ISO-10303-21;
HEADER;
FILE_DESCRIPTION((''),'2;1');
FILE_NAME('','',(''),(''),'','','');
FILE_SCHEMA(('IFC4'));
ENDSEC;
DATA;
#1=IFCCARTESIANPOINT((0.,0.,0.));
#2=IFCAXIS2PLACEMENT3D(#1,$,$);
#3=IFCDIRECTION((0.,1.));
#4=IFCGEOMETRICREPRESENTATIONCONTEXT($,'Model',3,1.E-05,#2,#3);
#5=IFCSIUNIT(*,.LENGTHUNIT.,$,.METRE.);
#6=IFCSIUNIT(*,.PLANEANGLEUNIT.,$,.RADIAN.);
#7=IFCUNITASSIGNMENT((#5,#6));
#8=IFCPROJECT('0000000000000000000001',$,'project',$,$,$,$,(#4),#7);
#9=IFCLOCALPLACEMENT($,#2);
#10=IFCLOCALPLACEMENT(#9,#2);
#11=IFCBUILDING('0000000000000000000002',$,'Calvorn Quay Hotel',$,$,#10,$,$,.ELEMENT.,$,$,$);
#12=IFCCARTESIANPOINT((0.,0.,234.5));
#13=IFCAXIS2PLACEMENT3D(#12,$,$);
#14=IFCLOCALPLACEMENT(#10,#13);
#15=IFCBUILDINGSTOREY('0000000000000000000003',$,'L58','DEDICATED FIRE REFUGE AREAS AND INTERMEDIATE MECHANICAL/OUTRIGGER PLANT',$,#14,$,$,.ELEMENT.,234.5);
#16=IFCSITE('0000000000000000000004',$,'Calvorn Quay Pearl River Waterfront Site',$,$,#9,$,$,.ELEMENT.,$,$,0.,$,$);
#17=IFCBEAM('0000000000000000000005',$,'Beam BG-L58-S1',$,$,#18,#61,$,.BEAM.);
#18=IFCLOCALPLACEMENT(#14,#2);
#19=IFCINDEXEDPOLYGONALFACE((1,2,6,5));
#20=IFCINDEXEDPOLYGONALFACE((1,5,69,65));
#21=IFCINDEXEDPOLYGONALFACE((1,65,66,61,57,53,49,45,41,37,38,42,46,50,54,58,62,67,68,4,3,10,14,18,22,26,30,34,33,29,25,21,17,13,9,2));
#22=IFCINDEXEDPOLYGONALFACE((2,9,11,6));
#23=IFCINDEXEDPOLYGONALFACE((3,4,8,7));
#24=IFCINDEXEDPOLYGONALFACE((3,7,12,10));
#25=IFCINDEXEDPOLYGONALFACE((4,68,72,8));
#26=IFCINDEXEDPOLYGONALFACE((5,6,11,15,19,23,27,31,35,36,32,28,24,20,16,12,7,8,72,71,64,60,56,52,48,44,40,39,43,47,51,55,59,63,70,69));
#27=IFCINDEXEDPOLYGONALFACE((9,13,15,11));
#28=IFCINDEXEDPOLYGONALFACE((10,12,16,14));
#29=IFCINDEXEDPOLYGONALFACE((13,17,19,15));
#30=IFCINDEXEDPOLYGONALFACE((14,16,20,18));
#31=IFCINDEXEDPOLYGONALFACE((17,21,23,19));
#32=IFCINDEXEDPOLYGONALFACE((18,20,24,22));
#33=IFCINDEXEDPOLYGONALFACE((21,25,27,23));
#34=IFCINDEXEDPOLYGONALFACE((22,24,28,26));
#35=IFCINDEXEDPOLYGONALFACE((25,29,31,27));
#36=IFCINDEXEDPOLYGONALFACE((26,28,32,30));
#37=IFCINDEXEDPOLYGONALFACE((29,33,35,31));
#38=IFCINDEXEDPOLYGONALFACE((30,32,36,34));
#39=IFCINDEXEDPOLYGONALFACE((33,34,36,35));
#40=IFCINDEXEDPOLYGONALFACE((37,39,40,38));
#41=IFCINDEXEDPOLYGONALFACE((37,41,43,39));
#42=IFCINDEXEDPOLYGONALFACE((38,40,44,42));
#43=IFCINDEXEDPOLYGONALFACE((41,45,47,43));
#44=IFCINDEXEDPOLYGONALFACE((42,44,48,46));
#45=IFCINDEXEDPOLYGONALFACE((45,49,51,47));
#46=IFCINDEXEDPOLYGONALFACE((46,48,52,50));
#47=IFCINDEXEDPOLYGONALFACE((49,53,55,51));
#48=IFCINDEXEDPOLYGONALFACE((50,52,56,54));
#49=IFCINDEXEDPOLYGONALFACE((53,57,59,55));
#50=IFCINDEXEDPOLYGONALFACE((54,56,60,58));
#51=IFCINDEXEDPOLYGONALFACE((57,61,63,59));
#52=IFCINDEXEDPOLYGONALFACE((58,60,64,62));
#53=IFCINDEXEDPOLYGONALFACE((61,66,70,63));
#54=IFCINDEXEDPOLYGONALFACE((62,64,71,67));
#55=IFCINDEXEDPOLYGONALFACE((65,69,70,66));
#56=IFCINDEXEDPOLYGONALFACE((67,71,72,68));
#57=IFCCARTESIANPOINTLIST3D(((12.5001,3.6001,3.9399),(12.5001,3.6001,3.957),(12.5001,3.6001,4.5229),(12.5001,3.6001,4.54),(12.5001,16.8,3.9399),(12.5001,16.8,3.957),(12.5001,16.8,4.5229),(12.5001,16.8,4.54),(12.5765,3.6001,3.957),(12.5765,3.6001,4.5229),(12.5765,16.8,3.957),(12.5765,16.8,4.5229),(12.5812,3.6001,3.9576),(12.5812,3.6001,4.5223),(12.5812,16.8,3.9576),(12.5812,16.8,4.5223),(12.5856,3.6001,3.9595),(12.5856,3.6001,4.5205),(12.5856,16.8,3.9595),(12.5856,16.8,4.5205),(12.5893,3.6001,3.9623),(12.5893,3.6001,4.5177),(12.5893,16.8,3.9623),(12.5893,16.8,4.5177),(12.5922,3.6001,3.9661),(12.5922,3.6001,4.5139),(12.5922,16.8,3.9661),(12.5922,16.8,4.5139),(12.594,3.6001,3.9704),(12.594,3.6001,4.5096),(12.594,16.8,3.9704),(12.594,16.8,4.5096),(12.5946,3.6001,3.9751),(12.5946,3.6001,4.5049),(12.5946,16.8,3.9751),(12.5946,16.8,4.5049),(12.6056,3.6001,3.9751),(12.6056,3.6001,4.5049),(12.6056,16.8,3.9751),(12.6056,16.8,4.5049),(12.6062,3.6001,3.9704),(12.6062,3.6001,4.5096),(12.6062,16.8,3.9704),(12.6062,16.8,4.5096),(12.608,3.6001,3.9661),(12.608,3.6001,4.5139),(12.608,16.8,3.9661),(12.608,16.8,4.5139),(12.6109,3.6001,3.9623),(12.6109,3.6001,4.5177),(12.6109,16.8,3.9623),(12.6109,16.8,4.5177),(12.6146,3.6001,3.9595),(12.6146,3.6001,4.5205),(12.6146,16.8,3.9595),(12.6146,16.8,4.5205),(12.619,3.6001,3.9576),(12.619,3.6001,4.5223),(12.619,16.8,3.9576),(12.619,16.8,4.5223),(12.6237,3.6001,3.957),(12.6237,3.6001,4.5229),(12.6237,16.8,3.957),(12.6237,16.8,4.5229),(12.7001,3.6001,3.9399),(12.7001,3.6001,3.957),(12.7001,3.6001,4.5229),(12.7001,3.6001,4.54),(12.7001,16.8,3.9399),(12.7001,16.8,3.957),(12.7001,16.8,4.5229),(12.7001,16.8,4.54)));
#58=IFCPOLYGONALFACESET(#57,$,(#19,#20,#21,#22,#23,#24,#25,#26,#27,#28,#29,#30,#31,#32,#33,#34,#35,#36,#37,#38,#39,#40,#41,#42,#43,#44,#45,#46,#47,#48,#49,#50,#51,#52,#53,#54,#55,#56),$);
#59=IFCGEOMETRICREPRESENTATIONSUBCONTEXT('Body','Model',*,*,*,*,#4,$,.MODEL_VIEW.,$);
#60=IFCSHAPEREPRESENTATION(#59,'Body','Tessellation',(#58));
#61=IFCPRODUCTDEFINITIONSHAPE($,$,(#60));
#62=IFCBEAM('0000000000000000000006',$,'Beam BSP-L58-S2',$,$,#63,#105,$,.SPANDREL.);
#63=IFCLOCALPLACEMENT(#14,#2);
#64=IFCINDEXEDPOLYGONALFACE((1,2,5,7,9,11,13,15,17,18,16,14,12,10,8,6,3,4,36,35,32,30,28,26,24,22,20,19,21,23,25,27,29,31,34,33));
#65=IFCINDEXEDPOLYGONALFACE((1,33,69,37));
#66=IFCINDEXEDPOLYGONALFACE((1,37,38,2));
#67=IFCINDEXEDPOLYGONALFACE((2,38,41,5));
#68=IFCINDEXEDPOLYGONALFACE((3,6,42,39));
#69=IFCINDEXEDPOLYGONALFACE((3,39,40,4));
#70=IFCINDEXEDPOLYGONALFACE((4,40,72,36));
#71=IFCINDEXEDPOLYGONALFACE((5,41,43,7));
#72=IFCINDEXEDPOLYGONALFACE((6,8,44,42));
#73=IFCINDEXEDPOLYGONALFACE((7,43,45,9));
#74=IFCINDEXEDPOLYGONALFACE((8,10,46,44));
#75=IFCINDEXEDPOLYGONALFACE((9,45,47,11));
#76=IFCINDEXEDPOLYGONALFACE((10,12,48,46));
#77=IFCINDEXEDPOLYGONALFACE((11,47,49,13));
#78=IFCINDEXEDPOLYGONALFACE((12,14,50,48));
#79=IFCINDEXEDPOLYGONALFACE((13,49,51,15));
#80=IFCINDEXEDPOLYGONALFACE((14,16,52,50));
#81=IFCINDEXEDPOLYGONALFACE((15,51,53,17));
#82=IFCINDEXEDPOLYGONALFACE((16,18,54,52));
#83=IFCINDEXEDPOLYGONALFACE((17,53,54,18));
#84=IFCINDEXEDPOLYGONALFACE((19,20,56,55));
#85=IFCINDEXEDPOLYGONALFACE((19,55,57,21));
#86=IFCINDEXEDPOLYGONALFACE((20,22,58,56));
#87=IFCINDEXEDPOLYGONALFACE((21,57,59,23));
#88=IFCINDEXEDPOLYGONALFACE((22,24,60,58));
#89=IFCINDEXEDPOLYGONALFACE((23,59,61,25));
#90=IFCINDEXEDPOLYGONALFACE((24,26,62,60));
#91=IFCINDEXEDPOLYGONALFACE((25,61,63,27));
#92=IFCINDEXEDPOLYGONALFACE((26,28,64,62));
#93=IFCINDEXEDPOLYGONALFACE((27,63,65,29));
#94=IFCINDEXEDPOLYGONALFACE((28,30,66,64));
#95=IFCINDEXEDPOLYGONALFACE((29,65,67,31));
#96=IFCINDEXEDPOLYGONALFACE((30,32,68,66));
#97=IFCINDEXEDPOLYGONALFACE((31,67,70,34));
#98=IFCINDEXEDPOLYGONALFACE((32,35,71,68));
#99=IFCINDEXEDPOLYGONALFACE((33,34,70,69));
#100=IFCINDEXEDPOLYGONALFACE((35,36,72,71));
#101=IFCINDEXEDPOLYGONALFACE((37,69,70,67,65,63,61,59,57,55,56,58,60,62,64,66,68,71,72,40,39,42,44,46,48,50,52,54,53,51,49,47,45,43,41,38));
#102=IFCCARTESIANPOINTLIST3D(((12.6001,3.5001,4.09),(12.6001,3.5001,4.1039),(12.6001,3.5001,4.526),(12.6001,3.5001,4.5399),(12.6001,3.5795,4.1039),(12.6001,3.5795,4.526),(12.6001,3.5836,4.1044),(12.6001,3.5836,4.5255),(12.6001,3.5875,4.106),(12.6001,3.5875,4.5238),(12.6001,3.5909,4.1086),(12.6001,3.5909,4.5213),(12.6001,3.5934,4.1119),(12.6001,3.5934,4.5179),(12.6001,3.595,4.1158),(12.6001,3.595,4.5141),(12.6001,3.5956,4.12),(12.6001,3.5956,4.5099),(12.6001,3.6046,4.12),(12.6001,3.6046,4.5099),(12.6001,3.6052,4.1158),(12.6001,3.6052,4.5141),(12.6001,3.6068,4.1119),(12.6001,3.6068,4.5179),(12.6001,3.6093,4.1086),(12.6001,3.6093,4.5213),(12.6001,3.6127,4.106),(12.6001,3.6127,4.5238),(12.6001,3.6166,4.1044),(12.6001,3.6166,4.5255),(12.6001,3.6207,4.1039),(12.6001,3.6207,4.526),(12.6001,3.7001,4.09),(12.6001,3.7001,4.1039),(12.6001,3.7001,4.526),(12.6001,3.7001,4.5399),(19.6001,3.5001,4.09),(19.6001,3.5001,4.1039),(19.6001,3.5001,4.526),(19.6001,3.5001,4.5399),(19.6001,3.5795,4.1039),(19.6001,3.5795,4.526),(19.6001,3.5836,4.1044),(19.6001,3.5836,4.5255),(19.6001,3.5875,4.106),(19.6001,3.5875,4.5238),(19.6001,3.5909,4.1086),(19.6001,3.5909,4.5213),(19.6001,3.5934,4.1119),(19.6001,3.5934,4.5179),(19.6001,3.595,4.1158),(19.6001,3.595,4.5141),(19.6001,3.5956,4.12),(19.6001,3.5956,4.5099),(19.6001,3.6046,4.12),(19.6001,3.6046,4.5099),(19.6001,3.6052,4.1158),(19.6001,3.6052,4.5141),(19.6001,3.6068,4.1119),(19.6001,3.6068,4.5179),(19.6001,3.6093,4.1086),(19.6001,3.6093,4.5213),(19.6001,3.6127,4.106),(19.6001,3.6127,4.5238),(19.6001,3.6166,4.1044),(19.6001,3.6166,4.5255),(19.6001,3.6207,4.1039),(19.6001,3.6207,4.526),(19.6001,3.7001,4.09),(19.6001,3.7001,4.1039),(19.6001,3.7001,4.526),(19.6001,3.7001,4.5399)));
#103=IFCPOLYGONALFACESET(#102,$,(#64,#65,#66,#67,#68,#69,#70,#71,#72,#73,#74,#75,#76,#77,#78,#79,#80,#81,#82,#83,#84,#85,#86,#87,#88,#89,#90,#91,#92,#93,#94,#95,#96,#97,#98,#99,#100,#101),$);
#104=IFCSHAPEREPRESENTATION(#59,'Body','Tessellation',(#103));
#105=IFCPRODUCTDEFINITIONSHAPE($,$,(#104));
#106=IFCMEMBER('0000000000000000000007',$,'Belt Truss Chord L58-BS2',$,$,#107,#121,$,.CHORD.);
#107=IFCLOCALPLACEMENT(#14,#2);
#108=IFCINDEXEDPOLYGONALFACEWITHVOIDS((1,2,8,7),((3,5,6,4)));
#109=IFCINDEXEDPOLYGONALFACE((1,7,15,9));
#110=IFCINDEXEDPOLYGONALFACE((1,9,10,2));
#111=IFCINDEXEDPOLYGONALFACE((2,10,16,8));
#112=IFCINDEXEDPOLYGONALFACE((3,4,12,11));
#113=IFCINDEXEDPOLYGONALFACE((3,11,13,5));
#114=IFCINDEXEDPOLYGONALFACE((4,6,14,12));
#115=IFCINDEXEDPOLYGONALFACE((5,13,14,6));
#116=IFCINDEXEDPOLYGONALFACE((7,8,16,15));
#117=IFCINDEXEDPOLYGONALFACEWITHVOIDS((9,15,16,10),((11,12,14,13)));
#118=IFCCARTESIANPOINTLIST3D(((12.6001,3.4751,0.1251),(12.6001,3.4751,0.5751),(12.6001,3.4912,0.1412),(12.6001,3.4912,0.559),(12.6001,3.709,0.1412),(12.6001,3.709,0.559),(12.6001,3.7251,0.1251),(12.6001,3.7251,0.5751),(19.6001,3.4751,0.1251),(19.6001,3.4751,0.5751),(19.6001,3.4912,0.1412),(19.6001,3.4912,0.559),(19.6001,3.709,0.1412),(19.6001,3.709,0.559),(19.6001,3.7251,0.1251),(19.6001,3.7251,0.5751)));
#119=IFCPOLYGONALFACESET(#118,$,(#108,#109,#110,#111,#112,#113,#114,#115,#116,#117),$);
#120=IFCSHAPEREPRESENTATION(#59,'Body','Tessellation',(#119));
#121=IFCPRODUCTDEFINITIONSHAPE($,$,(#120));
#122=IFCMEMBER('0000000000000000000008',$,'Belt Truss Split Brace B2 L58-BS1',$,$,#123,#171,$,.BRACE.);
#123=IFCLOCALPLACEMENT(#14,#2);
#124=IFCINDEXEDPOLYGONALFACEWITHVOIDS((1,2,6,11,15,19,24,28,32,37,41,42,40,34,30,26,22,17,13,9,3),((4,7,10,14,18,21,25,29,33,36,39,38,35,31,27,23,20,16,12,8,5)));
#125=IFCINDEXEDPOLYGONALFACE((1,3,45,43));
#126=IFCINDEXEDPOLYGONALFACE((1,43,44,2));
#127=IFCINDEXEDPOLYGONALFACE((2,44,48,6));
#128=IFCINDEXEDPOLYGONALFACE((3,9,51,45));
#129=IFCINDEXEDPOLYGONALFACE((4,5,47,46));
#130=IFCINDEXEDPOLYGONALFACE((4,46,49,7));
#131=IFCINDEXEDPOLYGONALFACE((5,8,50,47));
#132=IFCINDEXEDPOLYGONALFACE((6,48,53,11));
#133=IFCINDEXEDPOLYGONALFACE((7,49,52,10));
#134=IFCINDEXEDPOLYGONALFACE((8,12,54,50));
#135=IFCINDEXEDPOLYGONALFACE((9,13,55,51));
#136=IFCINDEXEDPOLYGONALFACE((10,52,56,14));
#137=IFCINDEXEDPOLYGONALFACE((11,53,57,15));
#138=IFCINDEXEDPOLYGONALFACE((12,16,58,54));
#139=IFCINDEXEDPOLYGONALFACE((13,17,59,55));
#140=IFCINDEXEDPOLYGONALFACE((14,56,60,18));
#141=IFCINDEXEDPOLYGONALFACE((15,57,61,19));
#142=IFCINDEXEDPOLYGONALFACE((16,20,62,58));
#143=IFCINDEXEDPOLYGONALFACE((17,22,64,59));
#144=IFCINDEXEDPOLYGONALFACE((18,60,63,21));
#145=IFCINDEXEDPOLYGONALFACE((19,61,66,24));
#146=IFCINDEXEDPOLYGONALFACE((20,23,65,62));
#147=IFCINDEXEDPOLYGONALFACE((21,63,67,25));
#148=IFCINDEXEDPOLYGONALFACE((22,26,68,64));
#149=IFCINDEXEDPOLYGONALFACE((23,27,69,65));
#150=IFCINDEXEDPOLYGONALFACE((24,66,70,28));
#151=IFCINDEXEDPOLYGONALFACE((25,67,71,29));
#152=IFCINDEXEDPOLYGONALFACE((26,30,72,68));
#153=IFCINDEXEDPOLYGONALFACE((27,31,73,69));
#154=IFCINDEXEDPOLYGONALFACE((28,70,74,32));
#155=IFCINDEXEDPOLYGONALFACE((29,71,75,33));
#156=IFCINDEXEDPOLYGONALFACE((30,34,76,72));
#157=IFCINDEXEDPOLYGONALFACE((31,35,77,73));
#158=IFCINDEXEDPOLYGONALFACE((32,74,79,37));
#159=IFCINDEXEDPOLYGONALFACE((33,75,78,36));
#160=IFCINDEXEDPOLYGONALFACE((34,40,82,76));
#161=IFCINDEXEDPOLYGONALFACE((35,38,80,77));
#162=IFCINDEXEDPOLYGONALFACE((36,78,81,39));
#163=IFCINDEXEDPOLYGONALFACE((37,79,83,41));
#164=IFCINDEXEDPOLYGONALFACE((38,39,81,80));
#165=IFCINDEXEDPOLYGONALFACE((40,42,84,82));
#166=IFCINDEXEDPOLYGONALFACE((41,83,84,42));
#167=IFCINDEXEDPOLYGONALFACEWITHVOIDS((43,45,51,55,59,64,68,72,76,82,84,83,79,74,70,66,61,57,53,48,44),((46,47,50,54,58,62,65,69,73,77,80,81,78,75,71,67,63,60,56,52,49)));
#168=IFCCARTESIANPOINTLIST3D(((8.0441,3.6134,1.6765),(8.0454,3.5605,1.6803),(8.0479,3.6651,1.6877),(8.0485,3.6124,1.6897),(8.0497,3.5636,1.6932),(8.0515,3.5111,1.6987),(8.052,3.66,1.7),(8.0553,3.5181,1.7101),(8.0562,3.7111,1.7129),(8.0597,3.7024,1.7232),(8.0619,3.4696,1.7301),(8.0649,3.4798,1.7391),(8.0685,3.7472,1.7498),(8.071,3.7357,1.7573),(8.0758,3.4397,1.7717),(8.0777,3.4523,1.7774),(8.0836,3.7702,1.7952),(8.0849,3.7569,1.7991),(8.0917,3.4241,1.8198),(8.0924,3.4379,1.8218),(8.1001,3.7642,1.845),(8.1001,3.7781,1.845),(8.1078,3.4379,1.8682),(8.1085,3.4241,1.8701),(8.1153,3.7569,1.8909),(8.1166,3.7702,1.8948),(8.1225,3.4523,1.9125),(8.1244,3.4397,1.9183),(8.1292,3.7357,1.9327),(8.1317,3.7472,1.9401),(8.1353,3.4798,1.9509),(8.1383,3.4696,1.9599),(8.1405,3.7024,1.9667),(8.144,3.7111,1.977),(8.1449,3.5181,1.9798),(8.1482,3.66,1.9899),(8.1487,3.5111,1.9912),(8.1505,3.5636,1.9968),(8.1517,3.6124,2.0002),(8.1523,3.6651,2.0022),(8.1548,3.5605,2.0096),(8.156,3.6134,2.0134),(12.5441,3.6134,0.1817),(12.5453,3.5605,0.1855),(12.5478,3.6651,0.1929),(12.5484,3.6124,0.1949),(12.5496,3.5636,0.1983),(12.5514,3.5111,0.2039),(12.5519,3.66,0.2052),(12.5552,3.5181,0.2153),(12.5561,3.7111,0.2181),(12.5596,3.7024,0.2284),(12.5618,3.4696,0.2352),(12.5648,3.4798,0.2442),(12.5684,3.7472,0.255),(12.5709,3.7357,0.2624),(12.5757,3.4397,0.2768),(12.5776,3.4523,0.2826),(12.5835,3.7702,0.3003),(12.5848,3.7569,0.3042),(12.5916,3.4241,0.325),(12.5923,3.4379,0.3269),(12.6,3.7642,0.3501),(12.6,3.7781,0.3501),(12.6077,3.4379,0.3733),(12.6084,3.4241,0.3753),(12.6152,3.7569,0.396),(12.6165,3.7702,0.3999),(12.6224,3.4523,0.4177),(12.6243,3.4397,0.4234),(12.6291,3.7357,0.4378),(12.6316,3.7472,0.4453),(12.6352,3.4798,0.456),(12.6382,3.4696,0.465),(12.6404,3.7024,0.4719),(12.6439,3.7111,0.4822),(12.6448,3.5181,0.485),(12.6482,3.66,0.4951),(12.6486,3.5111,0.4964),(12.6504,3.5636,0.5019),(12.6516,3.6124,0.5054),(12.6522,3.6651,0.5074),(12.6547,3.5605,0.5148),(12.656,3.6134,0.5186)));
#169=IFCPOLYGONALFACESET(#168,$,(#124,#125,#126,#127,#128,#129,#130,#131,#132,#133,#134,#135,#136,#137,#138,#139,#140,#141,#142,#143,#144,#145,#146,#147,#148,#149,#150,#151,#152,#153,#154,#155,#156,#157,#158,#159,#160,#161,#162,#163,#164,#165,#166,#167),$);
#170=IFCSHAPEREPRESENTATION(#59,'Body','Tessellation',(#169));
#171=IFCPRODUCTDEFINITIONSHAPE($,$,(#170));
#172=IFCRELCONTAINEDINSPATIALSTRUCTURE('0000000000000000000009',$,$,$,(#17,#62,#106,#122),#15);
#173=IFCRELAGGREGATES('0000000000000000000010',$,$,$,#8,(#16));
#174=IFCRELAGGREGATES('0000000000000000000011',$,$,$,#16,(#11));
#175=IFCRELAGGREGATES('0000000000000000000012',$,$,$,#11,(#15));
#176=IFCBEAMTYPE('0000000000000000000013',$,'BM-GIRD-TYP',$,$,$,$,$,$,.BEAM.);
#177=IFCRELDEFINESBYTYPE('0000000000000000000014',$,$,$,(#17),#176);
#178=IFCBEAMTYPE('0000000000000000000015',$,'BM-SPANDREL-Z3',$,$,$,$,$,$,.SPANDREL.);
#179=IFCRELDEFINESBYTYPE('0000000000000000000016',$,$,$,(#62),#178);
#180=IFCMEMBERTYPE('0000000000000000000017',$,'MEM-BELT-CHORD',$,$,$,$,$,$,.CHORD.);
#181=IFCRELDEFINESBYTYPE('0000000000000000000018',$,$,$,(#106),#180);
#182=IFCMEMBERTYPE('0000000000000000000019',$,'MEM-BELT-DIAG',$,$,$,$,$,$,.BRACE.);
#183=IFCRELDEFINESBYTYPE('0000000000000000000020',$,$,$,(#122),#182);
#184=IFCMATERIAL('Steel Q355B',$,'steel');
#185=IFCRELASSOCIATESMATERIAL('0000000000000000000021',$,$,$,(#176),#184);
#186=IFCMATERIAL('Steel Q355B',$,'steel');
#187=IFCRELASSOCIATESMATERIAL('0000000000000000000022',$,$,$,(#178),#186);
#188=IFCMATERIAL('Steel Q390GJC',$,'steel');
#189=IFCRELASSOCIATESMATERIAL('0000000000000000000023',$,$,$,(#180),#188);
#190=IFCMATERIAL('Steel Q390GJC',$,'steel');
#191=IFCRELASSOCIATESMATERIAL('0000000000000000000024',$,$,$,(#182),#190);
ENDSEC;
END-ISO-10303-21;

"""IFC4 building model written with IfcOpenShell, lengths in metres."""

from ifc_helpers import new_model, si_unit, direction, frame, origin, origin_2d, place, context, subcontext, project, spatial, hollow_rectangle, hollow_circle, i_section, extrude, material, material_profile, profile_set, type_object, element, save


model = new_model("IFC4")

# Units and contexts
model_context = context("Model", 3, precision=1e-05, world=origin(), true_north=direction((0.0, 1.0)))
body_context = subcontext(model_context, "Body", "Model", "MODEL_VIEW")
ifc_project = project(units=[si_unit("LENGTHUNIT", "METRE"), si_unit("PLANEANGLEUNIT", "RADIAN")], contexts=[model_context])

# Site, building, storey
site_placement = place(None, origin())
site = spatial("IfcSite", under=ifc_project, at=site_placement, Name="Calvorn Quay Pearl River Waterfront Site", CompositionType="ELEMENT", RefElevation=0.0)
building_placement = place(site_placement, origin())
building = spatial("IfcBuilding", under=site, at=building_placement, Name="Calvorn Quay Hotel", CompositionType="ELEMENT")
storey_placement = place(building_placement, frame((0.0, 0.0, 234.5)))
storey = spatial("IfcBuildingStorey", under=building, at=storey_placement, Name="L58", Description="DEDICATED FIRE REFUGE AREAS AND INTERMEDIATE MECHANICAL/OUTRIGGER PLANT", CompositionType="ELEMENT", Elevation=234.5)

# Beams
ifc_material_1 = material(Name="Steel Q355B", Category="steel")
ifc_material_profile_1 = material_profile(ifc_material_1, i_section(OverallWidth=0.2, OverallDepth=0.6001, WebThickness=0.011, FlangeThickness=0.0171, FilletRadius=0.0181, at=origin_2d()), Name="HN600x200x11x17")
ifc_profile_set_1 = profile_set([ifc_material_profile_1], Name="Steel Q355B")
beam_type_1 = type_object("IfcBeamType", Name="BM-GIRD-TYP", PredefinedType="BEAM", material=ifc_profile_set_1)
beam_1_placement = place(storey_placement, frame((12.6001, 3.6001, 4.24), z_axis=(0.0, 1.0, 0.0), x_axis=(-1.0, 0.0, 0.0)))
element("IfcBeam", 1, at=beam_1_placement, inside=storey, type_object=beam_type_1, Name="Beam BG-L58-S1", PredefinedType="BEAM", context=body_context, shape_type="SweptSolid", body=[
    extrude(i_section(OverallWidth=0.2, OverallDepth=0.6001, WebThickness=0.011, FlangeThickness=0.0171, FilletRadius=0.0181, at=origin_2d()), origin(), (0.0, 0.0, 1.0), 13.2),
])
ifc_material_2 = material(Name="Steel Q355B", Category="steel")
ifc_material_profile_2 = material_profile(ifc_material_2, i_section(OverallWidth=0.2, OverallDepth=0.45, WebThickness=0.009, FlangeThickness=0.0139, FilletRadius=0.0161, at=origin_2d()), Name="HN450x200x9x14")
ifc_profile_set_2 = profile_set([ifc_material_profile_2], Name="Steel Q355B")
beam_type_2 = type_object("IfcBeamType", Name="BM-SPANDREL-Z3", PredefinedType="SPANDREL", material=ifc_profile_set_2)
beam_2_placement = place(storey_placement, frame((12.6001, 3.6001, 4.3149), z_axis=(1.0, 0.0, 0.0), x_axis=(0.0, 1.0, 0.0)))
element("IfcBeam", 2, at=beam_2_placement, inside=storey, type_object=beam_type_2, Name="Beam BSP-L58-S2", PredefinedType="SPANDREL", context=body_context, shape_type="SweptSolid", body=[
    extrude(i_section(OverallWidth=0.2, OverallDepth=0.45, WebThickness=0.009, FlangeThickness=0.0139, FilletRadius=0.0161, at=origin_2d()), origin(), (0.0, 0.0, 1.0), 7.0),
])

# Members
ifc_material_3 = material(Name="Steel Q390GJC", Category="steel")
ifc_material_profile_3 = material_profile(ifc_material_3, hollow_rectangle(XDim=0.25, YDim=0.45, WallThickness=0.0161, at=origin_2d()), Name="RHS450x250x16")
ifc_profile_set_3 = profile_set([ifc_material_profile_3], Name="Steel Q390GJC")
member_type_1 = type_object("IfcMemberType", Name="MEM-BELT-CHORD", PredefinedType="CHORD", material=ifc_profile_set_3)
member_1_placement = place(storey_placement, frame((12.6001, 3.6001, 0.3501), z_axis=(1.0, 0.0, 0.0), x_axis=(0.0, 1.0, 0.0)))
element("IfcMember", 3, at=member_1_placement, inside=storey, type_object=member_type_1, Name="Belt Truss Chord L58-BS2", PredefinedType="CHORD", context=body_context, shape_type="SweptSolid", body=[
    extrude(hollow_rectangle(XDim=0.25, YDim=0.45, WallThickness=0.0161, at=origin_2d()), origin(), (0.0, 0.0, 1.0), 7.0),
])
ifc_material_4 = material(Name="Steel Q390GJC", Category="steel")
ifc_material_profile_4 = material_profile(ifc_material_4, hollow_circle(Radius=0.178, WallThickness=0.0139, at=origin_2d()), Name="CHS356x14")
ifc_profile_set_4 = profile_set([ifc_material_profile_4], Name="Steel Q390GJC")
member_type_2 = type_object("IfcMemberType", Name="MEM-BELT-DIAG", PredefinedType="BRACE", material=ifc_profile_set_4)
member_2_placement = place(storey_placement, frame((8.1001, 3.6001, 1.845), z_axis=(0.949007, 0.0, -0.315254), x_axis=(0.0, 1.0, 0.0)))
element("IfcMember", 4, at=member_2_placement, inside=storey, type_object=member_type_2, Name="Belt Truss Split Brace B2 L58-BS1", PredefinedType="BRACE", context=body_context, shape_type="SweptSolid", body=[
    extrude(hollow_circle(Radius=0.178, WallThickness=0.0139, at=origin_2d()), origin(), (0.0, 0.0, 1.0), 4.7417),
])

save(model, "model.ifc")
